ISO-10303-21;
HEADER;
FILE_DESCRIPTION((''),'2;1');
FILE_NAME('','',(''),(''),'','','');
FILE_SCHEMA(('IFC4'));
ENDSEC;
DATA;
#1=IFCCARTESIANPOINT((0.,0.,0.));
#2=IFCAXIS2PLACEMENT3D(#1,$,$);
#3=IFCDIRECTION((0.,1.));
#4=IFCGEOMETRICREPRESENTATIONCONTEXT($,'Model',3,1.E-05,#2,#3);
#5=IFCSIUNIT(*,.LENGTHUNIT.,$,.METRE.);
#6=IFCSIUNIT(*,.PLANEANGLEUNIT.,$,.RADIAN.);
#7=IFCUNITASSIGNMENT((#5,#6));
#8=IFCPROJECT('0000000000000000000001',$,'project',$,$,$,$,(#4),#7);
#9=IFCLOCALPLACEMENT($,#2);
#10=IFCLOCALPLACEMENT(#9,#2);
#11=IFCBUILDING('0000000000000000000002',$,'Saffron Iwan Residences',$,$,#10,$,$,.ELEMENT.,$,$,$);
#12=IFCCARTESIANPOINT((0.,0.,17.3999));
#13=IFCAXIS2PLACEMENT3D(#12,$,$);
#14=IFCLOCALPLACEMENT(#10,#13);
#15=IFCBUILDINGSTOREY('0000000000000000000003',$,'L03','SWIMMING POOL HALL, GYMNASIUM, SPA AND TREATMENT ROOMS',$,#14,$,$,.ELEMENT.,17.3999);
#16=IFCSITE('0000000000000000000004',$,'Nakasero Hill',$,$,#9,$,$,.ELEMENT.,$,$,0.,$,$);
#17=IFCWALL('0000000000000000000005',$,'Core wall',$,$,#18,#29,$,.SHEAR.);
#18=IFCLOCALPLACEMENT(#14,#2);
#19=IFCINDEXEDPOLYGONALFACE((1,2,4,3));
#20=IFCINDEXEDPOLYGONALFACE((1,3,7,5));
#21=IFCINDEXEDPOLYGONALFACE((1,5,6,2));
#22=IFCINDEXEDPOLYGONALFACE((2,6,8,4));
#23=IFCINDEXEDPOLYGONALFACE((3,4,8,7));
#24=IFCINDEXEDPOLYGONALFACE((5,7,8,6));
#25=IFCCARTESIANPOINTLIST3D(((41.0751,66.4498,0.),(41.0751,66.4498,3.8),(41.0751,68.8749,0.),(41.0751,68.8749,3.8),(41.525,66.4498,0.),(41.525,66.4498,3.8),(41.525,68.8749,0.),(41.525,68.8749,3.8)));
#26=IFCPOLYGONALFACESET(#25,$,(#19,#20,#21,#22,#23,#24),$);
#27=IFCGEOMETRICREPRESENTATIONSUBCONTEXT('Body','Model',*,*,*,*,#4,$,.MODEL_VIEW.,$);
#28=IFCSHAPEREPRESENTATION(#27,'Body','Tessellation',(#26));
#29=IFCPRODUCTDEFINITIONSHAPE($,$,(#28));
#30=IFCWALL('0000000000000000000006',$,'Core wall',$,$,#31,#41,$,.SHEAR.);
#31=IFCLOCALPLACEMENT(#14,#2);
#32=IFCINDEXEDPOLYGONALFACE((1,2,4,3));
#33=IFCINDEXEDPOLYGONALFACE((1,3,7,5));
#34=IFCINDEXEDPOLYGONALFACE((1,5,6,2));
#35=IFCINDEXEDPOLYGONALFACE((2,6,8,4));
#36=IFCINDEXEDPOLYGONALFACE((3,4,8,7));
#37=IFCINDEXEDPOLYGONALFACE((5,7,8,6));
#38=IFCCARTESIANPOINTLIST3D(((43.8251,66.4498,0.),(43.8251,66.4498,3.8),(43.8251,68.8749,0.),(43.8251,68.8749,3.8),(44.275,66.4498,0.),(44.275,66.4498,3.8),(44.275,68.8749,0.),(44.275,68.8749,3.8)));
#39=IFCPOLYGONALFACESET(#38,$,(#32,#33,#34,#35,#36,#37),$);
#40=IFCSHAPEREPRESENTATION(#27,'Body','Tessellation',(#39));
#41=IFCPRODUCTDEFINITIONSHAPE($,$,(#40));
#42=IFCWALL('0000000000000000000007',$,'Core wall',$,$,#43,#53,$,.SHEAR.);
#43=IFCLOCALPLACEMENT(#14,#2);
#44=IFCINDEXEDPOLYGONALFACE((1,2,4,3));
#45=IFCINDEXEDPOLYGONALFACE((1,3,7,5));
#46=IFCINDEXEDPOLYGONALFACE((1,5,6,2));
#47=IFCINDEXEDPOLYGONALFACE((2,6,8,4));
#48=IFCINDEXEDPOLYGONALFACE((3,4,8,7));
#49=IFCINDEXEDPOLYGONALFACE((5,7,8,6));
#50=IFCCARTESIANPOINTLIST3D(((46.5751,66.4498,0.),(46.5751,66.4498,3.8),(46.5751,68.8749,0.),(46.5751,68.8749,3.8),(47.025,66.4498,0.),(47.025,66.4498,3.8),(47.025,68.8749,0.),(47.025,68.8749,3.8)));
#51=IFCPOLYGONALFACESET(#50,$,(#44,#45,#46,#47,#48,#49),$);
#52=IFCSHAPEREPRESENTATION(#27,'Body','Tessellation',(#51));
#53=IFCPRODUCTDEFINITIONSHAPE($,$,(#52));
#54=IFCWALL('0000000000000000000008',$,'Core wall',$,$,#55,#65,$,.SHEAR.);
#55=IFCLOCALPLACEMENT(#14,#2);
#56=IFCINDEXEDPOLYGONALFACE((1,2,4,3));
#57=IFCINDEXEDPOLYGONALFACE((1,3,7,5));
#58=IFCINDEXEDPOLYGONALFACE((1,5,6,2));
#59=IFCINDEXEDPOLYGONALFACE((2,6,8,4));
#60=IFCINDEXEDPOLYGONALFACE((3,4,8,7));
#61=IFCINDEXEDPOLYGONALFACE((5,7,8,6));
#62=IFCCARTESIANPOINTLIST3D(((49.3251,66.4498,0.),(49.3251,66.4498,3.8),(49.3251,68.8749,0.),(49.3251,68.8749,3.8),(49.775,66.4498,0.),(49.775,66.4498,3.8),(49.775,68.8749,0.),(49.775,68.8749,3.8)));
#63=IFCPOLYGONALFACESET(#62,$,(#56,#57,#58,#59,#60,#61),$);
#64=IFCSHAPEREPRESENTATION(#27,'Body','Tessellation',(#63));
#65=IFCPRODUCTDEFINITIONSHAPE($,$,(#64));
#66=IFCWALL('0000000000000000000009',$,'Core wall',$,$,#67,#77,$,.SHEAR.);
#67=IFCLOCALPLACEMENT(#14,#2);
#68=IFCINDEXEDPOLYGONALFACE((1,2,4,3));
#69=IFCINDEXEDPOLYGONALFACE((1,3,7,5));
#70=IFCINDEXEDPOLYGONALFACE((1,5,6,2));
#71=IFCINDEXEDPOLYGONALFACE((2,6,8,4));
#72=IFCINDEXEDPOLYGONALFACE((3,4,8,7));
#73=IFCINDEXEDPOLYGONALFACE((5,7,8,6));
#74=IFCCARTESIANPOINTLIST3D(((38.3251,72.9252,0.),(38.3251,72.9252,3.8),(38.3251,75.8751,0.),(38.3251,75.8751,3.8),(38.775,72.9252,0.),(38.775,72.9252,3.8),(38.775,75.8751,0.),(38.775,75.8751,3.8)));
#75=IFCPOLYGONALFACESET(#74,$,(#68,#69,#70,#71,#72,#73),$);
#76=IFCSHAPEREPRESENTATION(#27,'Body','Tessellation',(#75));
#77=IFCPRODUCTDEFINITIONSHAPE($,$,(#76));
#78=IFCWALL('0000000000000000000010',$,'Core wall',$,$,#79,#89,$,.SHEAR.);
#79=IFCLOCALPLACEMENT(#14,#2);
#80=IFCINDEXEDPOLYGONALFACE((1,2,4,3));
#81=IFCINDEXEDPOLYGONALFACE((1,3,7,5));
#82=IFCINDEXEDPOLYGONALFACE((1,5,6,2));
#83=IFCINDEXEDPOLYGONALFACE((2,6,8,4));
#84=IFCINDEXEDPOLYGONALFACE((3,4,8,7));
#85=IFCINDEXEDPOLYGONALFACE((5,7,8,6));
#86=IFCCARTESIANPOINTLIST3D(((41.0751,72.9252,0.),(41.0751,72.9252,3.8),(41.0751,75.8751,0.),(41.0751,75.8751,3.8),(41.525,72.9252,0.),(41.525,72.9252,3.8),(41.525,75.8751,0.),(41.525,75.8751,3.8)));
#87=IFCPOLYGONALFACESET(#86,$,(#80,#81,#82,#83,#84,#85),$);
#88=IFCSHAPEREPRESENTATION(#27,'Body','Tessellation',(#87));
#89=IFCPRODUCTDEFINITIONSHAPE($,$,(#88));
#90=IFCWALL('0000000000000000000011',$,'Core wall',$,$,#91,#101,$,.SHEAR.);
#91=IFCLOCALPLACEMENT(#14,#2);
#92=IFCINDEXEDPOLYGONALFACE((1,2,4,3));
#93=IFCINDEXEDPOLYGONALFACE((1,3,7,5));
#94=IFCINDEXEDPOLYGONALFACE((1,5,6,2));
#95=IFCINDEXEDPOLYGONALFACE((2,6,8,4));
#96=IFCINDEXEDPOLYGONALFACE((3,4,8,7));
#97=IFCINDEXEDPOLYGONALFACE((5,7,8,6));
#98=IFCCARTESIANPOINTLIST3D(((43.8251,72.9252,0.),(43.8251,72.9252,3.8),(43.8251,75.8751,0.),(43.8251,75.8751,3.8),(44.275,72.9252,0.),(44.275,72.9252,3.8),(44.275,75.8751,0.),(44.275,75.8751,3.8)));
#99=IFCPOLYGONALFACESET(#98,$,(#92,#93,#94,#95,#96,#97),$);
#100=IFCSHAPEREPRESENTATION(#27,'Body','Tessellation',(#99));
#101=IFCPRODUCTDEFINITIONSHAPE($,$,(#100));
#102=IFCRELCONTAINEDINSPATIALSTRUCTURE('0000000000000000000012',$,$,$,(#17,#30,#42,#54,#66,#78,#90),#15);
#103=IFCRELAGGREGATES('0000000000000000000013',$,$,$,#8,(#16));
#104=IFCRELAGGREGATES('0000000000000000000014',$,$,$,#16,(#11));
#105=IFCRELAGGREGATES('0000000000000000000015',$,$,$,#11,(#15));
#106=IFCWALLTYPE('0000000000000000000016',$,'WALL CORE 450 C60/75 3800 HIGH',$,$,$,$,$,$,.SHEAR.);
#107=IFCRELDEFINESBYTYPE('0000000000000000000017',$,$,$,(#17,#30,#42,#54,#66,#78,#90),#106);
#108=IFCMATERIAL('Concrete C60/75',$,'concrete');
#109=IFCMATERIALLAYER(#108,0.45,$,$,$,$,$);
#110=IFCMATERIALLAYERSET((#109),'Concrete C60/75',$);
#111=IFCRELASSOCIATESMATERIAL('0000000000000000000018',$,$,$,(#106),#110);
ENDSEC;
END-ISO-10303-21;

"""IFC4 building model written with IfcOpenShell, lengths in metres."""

from ifc_helpers import new_model, si_unit, direction, frame, frame_2d, origin, place, context, subcontext, project, spatial, rectangle, extrude, material, layer, layer_set, type_object, element, save


model = new_model("IFC4")

# Units and contexts
model_context = context("Model", 3, precision=1e-05, world=origin(), true_north=direction((0.0, 1.0)))
body_context = subcontext(model_context, "Body", "Model", "MODEL_VIEW")
ifc_project = project(units=[si_unit("LENGTHUNIT", "METRE"), si_unit("PLANEANGLEUNIT", "RADIAN")], contexts=[model_context])

# Site, building, storey
site_placement = place(None, origin())
site = spatial("IfcSite", under=ifc_project, at=site_placement, Name="Nakasero Hill", CompositionType="ELEMENT", RefElevation=0.0)
building_placement = place(site_placement, origin())
building = spatial("IfcBuilding", under=site, at=building_placement, Name="Saffron Iwan Residences", CompositionType="ELEMENT")
storey_placement = place(building_placement, frame((0.0, 0.0, 17.3999)))
storey = spatial("IfcBuildingStorey", under=building, at=storey_placement, Name="L03", Description="SWIMMING POOL HALL, GYMNASIUM, SPA AND TREATMENT ROOMS", CompositionType="ELEMENT", Elevation=17.3999)

# Walls
ifc_material = material(Name="Concrete C60/75", Category="concrete")
ifc_layer = layer(ifc_material, 0.45)
ifc_layer_set = layer_set([ifc_layer], Name="Concrete C60/75")
wall_type = type_object("IfcWallType", Name="WALL CORE 450 C60/75 3800 HIGH", PredefinedType="SHEAR", material=ifc_layer_set)
for number, where, z_axis, x_axis, name in (
    (1, (41.3, 66.45, 0.0), (0.0, 0.0, 1.0), (0.0, 1.0, 0.0), "Core wall"),
    (2, (44.05, 66.45, 0.0), (0.0, 0.0, 1.0), (0.0, 1.0, 0.0), "Core wall"),
    (3, (46.8, 66.45, 0.0), (0.0, 0.0, 1.0), (0.0, 1.0, 0.0), "Core wall"),
    (4, (49.55, 66.45, 0.0), (0.0, 0.0, 1.0), (0.0, 1.0, 0.0), "Core wall"),
):
    element("IfcWall", number, at=place(storey_placement, frame(where, z_axis=z_axis, x_axis=x_axis)), inside=storey, type_object=wall_type, Name=name, PredefinedType="SHEAR", context=body_context, shape_type="SweptSolid", body=[
        extrude(rectangle(XDim=2.425, YDim=0.45, at=frame_2d((1.2124, 0.0))), origin(), (0.0, 0.0, 1.0), 3.8),
    ])
for number, where, z_axis, x_axis, name in (
    (5, (38.55, 72.925, 0.0), (0.0, 0.0, 1.0), (0.0, 1.0, 0.0), "Core wall"),
    (6, (41.3, 72.925, 0.0), (0.0, 0.0, 1.0), (0.0, 1.0, 0.0), "Core wall"),
    (7, (44.05, 72.925, 0.0), (0.0, 0.0, 1.0), (0.0, 1.0, 0.0), "Core wall"),
):
    element("IfcWall", number, at=place(storey_placement, frame(where, z_axis=z_axis, x_axis=x_axis)), inside=storey, type_object=wall_type, Name=name, PredefinedType="SHEAR", context=body_context, shape_type="SweptSolid", body=[
        extrude(rectangle(XDim=2.95, YDim=0.45, at=frame_2d((1.4751, 0.0))), origin(), (0.0, 0.0, 1.0), 3.8),
    ])

save(model, "model.ifc")
